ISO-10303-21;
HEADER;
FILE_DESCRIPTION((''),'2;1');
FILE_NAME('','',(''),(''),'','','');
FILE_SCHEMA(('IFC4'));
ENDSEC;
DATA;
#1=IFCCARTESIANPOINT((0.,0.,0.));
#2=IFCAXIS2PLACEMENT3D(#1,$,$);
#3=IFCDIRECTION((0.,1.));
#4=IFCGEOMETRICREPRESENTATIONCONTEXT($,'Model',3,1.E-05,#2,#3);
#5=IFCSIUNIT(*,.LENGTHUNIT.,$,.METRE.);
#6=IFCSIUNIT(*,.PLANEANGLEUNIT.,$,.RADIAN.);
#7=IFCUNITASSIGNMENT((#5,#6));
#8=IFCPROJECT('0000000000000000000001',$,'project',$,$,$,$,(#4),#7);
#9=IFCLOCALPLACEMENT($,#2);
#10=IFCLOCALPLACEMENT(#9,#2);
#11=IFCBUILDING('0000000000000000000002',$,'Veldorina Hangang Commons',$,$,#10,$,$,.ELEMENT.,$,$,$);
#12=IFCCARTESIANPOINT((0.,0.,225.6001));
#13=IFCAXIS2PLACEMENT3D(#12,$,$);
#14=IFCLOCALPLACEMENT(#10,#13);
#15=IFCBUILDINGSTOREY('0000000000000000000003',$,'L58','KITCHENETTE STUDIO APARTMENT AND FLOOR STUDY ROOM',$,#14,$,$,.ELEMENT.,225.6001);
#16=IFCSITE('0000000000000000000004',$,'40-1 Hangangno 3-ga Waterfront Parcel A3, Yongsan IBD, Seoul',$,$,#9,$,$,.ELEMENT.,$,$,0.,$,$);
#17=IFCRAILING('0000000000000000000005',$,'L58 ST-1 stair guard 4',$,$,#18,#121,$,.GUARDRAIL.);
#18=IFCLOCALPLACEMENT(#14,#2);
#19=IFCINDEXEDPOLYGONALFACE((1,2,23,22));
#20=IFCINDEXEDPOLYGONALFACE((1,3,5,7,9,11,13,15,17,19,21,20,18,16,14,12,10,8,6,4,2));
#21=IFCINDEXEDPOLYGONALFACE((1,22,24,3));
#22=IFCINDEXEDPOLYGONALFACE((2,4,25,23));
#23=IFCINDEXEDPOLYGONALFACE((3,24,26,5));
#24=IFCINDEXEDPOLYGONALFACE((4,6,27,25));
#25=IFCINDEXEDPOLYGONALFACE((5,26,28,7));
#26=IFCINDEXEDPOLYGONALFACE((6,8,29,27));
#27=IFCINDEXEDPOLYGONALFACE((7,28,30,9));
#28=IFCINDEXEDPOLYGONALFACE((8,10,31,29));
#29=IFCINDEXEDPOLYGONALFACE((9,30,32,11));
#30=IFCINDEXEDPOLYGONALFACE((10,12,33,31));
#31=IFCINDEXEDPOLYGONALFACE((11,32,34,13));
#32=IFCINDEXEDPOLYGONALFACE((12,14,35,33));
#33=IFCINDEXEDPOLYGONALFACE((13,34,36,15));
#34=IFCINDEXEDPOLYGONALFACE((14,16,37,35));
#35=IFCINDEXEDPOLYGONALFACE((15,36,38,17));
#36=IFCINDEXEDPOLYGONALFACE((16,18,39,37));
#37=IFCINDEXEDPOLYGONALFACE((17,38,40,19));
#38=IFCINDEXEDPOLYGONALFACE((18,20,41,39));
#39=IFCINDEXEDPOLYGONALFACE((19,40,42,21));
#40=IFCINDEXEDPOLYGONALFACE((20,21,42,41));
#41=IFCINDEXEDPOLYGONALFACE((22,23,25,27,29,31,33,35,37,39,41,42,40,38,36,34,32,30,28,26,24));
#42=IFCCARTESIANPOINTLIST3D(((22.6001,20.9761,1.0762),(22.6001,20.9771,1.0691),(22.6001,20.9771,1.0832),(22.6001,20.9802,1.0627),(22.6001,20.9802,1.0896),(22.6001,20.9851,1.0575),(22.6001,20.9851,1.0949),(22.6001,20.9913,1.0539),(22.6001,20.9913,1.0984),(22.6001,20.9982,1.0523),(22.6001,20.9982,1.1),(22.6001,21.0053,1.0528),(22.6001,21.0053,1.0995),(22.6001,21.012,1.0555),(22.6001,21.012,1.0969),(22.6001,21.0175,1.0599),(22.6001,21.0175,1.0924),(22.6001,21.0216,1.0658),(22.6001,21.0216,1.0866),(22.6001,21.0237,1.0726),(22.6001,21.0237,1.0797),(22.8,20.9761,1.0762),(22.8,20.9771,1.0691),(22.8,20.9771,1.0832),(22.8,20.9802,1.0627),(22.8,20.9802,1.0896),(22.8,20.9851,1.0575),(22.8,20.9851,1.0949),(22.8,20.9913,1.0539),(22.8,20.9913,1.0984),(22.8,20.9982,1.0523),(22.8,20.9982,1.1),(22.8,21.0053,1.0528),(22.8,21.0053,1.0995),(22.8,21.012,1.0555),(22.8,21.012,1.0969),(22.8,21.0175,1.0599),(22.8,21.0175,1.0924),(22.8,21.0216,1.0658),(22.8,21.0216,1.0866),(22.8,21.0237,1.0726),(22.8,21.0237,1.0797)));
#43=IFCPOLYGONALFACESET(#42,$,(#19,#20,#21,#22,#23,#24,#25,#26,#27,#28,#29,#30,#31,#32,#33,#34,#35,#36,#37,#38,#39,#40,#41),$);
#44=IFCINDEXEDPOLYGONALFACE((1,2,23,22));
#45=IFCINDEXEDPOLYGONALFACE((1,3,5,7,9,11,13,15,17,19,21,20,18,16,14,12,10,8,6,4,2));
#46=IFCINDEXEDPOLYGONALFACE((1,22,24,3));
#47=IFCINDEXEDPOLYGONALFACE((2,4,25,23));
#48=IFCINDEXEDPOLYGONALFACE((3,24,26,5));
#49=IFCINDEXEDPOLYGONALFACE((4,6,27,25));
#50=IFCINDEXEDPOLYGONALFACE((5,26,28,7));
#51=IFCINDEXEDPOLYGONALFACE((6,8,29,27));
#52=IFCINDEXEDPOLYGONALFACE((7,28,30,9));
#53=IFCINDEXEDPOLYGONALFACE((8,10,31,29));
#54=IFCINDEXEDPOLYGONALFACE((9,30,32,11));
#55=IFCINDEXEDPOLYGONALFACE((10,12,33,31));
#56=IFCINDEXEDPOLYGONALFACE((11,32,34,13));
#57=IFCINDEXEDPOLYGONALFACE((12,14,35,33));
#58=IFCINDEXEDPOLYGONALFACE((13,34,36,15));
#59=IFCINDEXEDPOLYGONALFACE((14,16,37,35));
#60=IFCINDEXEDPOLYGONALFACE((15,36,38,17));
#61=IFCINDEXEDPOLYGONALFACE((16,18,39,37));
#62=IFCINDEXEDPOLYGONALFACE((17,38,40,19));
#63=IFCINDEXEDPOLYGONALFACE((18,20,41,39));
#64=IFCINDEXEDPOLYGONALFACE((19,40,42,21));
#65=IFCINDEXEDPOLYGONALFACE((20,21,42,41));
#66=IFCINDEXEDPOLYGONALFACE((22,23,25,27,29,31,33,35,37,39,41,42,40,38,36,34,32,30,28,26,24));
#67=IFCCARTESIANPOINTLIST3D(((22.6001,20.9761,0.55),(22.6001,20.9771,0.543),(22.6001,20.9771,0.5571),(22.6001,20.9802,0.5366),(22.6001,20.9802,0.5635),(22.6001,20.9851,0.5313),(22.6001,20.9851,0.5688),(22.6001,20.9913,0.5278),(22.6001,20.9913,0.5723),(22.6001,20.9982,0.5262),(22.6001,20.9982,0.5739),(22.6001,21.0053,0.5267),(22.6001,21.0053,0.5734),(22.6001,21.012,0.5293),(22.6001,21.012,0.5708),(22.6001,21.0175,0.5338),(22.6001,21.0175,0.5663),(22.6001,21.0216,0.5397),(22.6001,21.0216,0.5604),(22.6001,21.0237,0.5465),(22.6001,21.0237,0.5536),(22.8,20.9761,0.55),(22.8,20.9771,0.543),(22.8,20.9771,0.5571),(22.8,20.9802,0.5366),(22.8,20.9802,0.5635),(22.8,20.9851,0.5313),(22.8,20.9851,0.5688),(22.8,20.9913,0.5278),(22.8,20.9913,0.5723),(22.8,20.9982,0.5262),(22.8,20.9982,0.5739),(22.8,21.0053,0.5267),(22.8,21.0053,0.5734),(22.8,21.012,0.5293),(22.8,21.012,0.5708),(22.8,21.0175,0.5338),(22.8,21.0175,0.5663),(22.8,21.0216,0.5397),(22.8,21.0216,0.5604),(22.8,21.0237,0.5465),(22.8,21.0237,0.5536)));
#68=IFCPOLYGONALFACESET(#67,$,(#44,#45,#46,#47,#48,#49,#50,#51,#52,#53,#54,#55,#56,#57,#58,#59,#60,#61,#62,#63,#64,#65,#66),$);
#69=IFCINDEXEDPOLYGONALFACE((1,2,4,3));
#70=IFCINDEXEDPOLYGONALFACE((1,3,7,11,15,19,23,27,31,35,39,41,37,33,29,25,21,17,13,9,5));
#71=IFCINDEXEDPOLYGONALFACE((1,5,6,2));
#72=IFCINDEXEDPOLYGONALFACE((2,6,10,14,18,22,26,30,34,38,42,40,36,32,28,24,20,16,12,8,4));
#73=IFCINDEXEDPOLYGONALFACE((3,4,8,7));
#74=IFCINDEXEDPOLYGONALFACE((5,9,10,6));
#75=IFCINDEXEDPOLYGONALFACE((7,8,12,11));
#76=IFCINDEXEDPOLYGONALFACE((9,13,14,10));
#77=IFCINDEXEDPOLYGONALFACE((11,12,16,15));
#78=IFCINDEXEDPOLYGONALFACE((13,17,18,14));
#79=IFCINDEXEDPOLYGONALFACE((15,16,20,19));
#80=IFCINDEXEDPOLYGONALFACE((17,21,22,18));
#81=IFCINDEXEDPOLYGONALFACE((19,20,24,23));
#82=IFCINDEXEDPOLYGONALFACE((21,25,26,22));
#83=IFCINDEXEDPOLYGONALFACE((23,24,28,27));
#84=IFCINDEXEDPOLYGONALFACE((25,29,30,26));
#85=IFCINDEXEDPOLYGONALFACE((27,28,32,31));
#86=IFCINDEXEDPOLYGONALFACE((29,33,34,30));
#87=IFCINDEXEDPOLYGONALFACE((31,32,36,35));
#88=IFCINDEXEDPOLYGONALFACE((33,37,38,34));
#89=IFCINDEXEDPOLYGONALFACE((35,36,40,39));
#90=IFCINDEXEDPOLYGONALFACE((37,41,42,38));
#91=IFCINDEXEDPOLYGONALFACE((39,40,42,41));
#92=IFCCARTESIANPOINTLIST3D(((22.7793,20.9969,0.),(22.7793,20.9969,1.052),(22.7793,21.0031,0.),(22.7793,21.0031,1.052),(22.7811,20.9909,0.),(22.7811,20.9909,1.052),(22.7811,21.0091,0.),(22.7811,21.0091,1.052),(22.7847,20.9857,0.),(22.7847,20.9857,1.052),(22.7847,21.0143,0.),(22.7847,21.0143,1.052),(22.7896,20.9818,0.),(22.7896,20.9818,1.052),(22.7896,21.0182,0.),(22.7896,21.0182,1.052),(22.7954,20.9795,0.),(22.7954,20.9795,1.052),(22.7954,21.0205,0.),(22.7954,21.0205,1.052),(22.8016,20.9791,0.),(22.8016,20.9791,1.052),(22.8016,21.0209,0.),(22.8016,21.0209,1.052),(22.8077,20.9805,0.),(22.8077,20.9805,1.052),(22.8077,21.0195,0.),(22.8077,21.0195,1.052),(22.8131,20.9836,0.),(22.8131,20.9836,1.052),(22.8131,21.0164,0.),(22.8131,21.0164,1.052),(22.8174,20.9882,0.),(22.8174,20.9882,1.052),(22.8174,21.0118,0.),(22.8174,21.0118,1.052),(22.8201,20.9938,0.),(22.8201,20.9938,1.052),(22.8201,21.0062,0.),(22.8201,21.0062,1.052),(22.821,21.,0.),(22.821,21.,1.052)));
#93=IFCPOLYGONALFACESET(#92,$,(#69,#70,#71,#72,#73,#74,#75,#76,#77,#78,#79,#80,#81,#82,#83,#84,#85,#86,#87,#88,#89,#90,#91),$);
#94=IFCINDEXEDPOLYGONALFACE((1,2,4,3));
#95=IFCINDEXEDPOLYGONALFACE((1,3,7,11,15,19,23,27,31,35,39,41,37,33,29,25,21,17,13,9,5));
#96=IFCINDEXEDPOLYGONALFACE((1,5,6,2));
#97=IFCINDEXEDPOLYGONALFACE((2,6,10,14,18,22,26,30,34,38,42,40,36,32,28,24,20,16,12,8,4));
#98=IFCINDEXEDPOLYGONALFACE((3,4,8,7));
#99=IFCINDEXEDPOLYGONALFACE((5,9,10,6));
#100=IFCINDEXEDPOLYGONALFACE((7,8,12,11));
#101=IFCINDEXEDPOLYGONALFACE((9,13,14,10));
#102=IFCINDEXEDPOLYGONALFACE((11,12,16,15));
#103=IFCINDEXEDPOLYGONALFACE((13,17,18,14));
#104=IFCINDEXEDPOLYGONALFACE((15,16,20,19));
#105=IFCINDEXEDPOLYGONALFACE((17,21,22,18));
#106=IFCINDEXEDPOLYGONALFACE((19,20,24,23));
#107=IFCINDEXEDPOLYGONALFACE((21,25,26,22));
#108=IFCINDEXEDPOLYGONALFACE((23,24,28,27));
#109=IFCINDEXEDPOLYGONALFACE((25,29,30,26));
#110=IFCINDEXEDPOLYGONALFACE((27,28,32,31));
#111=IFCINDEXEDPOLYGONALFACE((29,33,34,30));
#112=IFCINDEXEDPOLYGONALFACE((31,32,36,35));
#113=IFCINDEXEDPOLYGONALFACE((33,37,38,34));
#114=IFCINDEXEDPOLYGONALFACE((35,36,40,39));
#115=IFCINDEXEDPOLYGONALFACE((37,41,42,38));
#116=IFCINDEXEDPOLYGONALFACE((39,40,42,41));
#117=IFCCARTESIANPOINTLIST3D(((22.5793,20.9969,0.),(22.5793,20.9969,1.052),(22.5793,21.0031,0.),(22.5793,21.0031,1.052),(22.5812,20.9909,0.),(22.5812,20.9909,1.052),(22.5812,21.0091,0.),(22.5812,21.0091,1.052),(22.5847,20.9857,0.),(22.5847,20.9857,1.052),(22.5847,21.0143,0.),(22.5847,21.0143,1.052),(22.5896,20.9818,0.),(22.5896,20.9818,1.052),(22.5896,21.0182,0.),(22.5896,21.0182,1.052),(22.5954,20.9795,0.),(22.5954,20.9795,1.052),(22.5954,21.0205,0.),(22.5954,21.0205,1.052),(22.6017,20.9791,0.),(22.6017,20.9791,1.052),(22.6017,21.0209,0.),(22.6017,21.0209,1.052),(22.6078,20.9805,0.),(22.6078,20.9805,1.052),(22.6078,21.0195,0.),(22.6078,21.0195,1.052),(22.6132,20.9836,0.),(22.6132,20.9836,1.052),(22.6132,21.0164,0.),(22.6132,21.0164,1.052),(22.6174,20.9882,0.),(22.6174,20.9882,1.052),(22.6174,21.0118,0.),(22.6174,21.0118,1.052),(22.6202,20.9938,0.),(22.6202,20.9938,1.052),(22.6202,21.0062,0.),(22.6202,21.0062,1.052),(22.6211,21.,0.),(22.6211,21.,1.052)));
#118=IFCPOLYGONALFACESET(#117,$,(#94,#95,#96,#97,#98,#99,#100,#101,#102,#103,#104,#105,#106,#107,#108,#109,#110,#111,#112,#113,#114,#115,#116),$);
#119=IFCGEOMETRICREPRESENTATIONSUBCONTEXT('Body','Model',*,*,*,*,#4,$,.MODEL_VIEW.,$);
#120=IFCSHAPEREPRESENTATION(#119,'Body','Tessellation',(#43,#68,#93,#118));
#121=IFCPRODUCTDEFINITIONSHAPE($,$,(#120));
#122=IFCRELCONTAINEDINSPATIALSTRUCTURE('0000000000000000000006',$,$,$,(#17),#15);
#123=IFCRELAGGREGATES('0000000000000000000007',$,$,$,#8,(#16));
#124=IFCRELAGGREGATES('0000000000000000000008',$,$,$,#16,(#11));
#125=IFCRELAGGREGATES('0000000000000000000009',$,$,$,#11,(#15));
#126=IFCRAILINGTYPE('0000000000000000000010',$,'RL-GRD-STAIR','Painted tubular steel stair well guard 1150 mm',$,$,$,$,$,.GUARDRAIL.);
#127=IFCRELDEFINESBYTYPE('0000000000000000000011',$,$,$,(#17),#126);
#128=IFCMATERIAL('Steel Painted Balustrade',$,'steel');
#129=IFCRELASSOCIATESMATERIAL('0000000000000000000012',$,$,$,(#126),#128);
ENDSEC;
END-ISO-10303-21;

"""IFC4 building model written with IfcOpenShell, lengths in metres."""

from ifc_helpers import new_model, si_unit, direction, frame, origin, origin_2d, place, context, subcontext, project, spatial, circle, extrude, material, type_object, element, save


model = new_model("IFC4")

# Units and contexts
model_context = context("Model", 3, precision=1e-05, world=origin(), true_north=direction((0.0, 1.0)))
body_context = subcontext(model_context, "Body", "Model", "MODEL_VIEW")
ifc_project = project(units=[si_unit("LENGTHUNIT", "METRE"), si_unit("PLANEANGLEUNIT", "RADIAN")], contexts=[model_context])

# Site, building, storey
site_placement = place(None, origin())
site = spatial("IfcSite", under=ifc_project, at=site_placement, Name="40-1 Hangangno 3-ga Waterfront Parcel A3, Yongsan IBD, Seoul", CompositionType="ELEMENT", RefElevation=0.0)
building_placement = place(site_placement, origin())
building = spatial("IfcBuilding", under=site, at=building_placement, Name="Veldorina Hangang Commons", CompositionType="ELEMENT")
storey_placement = place(building_placement, frame((0.0, 0.0, 225.6001)))
storey = spatial("IfcBuildingStorey", under=building, at=storey_placement, Name="L58", Description="KITCHENETTE STUDIO APARTMENT AND FLOOR STUDY ROOM", CompositionType="ELEMENT", Elevation=225.6001)

# Railing
ifc_material_1 = material(Name="Steel Painted Balustrade", Category="steel")
railing_type_1 = type_object("IfcRailingType", Name="RL-GRD-STAIR", Description="Painted tubular steel stair well guard 1150 mm", PredefinedType="GUARDRAIL", material=ifc_material_1)
railing_1_placement = place(storey_placement, frame((22.8, 21.0, 0.0)))
element("IfcRailing", 1, at=railing_1_placement, inside=storey, type_object=railing_type_1, Name="L58 ST-1 stair guard 4", PredefinedType="GUARDRAIL", context=body_context, shape_type="SweptSolid", body=[
    extrude(circle(Radius=0.0239, at=origin_2d()), frame((0.0, 0.0, 1.0762), z_axis=(-1.0, 0.0, 0.0), x_axis=(0.0, -1.0, 0.0)), (0.0, 0.0, 1.0), 0.2),
    extrude(circle(Radius=0.0239, at=origin_2d()), frame((0.0, 0.0, 0.55), z_axis=(-1.0, 0.0, 0.0), x_axis=(0.0, -1.0, 0.0)), (0.0, 0.0, 1.0), 0.2),
    extrude(circle(Radius=0.021, at=origin_2d()), origin(), (0.0, 0.0, 1.0), 1.052),
    extrude(circle(Radius=0.021, at=origin_2d()), frame((-0.2, 0.0, 0.0)), (0.0, 0.0, 1.0), 1.052),
])

save(model, "model.ifc")
